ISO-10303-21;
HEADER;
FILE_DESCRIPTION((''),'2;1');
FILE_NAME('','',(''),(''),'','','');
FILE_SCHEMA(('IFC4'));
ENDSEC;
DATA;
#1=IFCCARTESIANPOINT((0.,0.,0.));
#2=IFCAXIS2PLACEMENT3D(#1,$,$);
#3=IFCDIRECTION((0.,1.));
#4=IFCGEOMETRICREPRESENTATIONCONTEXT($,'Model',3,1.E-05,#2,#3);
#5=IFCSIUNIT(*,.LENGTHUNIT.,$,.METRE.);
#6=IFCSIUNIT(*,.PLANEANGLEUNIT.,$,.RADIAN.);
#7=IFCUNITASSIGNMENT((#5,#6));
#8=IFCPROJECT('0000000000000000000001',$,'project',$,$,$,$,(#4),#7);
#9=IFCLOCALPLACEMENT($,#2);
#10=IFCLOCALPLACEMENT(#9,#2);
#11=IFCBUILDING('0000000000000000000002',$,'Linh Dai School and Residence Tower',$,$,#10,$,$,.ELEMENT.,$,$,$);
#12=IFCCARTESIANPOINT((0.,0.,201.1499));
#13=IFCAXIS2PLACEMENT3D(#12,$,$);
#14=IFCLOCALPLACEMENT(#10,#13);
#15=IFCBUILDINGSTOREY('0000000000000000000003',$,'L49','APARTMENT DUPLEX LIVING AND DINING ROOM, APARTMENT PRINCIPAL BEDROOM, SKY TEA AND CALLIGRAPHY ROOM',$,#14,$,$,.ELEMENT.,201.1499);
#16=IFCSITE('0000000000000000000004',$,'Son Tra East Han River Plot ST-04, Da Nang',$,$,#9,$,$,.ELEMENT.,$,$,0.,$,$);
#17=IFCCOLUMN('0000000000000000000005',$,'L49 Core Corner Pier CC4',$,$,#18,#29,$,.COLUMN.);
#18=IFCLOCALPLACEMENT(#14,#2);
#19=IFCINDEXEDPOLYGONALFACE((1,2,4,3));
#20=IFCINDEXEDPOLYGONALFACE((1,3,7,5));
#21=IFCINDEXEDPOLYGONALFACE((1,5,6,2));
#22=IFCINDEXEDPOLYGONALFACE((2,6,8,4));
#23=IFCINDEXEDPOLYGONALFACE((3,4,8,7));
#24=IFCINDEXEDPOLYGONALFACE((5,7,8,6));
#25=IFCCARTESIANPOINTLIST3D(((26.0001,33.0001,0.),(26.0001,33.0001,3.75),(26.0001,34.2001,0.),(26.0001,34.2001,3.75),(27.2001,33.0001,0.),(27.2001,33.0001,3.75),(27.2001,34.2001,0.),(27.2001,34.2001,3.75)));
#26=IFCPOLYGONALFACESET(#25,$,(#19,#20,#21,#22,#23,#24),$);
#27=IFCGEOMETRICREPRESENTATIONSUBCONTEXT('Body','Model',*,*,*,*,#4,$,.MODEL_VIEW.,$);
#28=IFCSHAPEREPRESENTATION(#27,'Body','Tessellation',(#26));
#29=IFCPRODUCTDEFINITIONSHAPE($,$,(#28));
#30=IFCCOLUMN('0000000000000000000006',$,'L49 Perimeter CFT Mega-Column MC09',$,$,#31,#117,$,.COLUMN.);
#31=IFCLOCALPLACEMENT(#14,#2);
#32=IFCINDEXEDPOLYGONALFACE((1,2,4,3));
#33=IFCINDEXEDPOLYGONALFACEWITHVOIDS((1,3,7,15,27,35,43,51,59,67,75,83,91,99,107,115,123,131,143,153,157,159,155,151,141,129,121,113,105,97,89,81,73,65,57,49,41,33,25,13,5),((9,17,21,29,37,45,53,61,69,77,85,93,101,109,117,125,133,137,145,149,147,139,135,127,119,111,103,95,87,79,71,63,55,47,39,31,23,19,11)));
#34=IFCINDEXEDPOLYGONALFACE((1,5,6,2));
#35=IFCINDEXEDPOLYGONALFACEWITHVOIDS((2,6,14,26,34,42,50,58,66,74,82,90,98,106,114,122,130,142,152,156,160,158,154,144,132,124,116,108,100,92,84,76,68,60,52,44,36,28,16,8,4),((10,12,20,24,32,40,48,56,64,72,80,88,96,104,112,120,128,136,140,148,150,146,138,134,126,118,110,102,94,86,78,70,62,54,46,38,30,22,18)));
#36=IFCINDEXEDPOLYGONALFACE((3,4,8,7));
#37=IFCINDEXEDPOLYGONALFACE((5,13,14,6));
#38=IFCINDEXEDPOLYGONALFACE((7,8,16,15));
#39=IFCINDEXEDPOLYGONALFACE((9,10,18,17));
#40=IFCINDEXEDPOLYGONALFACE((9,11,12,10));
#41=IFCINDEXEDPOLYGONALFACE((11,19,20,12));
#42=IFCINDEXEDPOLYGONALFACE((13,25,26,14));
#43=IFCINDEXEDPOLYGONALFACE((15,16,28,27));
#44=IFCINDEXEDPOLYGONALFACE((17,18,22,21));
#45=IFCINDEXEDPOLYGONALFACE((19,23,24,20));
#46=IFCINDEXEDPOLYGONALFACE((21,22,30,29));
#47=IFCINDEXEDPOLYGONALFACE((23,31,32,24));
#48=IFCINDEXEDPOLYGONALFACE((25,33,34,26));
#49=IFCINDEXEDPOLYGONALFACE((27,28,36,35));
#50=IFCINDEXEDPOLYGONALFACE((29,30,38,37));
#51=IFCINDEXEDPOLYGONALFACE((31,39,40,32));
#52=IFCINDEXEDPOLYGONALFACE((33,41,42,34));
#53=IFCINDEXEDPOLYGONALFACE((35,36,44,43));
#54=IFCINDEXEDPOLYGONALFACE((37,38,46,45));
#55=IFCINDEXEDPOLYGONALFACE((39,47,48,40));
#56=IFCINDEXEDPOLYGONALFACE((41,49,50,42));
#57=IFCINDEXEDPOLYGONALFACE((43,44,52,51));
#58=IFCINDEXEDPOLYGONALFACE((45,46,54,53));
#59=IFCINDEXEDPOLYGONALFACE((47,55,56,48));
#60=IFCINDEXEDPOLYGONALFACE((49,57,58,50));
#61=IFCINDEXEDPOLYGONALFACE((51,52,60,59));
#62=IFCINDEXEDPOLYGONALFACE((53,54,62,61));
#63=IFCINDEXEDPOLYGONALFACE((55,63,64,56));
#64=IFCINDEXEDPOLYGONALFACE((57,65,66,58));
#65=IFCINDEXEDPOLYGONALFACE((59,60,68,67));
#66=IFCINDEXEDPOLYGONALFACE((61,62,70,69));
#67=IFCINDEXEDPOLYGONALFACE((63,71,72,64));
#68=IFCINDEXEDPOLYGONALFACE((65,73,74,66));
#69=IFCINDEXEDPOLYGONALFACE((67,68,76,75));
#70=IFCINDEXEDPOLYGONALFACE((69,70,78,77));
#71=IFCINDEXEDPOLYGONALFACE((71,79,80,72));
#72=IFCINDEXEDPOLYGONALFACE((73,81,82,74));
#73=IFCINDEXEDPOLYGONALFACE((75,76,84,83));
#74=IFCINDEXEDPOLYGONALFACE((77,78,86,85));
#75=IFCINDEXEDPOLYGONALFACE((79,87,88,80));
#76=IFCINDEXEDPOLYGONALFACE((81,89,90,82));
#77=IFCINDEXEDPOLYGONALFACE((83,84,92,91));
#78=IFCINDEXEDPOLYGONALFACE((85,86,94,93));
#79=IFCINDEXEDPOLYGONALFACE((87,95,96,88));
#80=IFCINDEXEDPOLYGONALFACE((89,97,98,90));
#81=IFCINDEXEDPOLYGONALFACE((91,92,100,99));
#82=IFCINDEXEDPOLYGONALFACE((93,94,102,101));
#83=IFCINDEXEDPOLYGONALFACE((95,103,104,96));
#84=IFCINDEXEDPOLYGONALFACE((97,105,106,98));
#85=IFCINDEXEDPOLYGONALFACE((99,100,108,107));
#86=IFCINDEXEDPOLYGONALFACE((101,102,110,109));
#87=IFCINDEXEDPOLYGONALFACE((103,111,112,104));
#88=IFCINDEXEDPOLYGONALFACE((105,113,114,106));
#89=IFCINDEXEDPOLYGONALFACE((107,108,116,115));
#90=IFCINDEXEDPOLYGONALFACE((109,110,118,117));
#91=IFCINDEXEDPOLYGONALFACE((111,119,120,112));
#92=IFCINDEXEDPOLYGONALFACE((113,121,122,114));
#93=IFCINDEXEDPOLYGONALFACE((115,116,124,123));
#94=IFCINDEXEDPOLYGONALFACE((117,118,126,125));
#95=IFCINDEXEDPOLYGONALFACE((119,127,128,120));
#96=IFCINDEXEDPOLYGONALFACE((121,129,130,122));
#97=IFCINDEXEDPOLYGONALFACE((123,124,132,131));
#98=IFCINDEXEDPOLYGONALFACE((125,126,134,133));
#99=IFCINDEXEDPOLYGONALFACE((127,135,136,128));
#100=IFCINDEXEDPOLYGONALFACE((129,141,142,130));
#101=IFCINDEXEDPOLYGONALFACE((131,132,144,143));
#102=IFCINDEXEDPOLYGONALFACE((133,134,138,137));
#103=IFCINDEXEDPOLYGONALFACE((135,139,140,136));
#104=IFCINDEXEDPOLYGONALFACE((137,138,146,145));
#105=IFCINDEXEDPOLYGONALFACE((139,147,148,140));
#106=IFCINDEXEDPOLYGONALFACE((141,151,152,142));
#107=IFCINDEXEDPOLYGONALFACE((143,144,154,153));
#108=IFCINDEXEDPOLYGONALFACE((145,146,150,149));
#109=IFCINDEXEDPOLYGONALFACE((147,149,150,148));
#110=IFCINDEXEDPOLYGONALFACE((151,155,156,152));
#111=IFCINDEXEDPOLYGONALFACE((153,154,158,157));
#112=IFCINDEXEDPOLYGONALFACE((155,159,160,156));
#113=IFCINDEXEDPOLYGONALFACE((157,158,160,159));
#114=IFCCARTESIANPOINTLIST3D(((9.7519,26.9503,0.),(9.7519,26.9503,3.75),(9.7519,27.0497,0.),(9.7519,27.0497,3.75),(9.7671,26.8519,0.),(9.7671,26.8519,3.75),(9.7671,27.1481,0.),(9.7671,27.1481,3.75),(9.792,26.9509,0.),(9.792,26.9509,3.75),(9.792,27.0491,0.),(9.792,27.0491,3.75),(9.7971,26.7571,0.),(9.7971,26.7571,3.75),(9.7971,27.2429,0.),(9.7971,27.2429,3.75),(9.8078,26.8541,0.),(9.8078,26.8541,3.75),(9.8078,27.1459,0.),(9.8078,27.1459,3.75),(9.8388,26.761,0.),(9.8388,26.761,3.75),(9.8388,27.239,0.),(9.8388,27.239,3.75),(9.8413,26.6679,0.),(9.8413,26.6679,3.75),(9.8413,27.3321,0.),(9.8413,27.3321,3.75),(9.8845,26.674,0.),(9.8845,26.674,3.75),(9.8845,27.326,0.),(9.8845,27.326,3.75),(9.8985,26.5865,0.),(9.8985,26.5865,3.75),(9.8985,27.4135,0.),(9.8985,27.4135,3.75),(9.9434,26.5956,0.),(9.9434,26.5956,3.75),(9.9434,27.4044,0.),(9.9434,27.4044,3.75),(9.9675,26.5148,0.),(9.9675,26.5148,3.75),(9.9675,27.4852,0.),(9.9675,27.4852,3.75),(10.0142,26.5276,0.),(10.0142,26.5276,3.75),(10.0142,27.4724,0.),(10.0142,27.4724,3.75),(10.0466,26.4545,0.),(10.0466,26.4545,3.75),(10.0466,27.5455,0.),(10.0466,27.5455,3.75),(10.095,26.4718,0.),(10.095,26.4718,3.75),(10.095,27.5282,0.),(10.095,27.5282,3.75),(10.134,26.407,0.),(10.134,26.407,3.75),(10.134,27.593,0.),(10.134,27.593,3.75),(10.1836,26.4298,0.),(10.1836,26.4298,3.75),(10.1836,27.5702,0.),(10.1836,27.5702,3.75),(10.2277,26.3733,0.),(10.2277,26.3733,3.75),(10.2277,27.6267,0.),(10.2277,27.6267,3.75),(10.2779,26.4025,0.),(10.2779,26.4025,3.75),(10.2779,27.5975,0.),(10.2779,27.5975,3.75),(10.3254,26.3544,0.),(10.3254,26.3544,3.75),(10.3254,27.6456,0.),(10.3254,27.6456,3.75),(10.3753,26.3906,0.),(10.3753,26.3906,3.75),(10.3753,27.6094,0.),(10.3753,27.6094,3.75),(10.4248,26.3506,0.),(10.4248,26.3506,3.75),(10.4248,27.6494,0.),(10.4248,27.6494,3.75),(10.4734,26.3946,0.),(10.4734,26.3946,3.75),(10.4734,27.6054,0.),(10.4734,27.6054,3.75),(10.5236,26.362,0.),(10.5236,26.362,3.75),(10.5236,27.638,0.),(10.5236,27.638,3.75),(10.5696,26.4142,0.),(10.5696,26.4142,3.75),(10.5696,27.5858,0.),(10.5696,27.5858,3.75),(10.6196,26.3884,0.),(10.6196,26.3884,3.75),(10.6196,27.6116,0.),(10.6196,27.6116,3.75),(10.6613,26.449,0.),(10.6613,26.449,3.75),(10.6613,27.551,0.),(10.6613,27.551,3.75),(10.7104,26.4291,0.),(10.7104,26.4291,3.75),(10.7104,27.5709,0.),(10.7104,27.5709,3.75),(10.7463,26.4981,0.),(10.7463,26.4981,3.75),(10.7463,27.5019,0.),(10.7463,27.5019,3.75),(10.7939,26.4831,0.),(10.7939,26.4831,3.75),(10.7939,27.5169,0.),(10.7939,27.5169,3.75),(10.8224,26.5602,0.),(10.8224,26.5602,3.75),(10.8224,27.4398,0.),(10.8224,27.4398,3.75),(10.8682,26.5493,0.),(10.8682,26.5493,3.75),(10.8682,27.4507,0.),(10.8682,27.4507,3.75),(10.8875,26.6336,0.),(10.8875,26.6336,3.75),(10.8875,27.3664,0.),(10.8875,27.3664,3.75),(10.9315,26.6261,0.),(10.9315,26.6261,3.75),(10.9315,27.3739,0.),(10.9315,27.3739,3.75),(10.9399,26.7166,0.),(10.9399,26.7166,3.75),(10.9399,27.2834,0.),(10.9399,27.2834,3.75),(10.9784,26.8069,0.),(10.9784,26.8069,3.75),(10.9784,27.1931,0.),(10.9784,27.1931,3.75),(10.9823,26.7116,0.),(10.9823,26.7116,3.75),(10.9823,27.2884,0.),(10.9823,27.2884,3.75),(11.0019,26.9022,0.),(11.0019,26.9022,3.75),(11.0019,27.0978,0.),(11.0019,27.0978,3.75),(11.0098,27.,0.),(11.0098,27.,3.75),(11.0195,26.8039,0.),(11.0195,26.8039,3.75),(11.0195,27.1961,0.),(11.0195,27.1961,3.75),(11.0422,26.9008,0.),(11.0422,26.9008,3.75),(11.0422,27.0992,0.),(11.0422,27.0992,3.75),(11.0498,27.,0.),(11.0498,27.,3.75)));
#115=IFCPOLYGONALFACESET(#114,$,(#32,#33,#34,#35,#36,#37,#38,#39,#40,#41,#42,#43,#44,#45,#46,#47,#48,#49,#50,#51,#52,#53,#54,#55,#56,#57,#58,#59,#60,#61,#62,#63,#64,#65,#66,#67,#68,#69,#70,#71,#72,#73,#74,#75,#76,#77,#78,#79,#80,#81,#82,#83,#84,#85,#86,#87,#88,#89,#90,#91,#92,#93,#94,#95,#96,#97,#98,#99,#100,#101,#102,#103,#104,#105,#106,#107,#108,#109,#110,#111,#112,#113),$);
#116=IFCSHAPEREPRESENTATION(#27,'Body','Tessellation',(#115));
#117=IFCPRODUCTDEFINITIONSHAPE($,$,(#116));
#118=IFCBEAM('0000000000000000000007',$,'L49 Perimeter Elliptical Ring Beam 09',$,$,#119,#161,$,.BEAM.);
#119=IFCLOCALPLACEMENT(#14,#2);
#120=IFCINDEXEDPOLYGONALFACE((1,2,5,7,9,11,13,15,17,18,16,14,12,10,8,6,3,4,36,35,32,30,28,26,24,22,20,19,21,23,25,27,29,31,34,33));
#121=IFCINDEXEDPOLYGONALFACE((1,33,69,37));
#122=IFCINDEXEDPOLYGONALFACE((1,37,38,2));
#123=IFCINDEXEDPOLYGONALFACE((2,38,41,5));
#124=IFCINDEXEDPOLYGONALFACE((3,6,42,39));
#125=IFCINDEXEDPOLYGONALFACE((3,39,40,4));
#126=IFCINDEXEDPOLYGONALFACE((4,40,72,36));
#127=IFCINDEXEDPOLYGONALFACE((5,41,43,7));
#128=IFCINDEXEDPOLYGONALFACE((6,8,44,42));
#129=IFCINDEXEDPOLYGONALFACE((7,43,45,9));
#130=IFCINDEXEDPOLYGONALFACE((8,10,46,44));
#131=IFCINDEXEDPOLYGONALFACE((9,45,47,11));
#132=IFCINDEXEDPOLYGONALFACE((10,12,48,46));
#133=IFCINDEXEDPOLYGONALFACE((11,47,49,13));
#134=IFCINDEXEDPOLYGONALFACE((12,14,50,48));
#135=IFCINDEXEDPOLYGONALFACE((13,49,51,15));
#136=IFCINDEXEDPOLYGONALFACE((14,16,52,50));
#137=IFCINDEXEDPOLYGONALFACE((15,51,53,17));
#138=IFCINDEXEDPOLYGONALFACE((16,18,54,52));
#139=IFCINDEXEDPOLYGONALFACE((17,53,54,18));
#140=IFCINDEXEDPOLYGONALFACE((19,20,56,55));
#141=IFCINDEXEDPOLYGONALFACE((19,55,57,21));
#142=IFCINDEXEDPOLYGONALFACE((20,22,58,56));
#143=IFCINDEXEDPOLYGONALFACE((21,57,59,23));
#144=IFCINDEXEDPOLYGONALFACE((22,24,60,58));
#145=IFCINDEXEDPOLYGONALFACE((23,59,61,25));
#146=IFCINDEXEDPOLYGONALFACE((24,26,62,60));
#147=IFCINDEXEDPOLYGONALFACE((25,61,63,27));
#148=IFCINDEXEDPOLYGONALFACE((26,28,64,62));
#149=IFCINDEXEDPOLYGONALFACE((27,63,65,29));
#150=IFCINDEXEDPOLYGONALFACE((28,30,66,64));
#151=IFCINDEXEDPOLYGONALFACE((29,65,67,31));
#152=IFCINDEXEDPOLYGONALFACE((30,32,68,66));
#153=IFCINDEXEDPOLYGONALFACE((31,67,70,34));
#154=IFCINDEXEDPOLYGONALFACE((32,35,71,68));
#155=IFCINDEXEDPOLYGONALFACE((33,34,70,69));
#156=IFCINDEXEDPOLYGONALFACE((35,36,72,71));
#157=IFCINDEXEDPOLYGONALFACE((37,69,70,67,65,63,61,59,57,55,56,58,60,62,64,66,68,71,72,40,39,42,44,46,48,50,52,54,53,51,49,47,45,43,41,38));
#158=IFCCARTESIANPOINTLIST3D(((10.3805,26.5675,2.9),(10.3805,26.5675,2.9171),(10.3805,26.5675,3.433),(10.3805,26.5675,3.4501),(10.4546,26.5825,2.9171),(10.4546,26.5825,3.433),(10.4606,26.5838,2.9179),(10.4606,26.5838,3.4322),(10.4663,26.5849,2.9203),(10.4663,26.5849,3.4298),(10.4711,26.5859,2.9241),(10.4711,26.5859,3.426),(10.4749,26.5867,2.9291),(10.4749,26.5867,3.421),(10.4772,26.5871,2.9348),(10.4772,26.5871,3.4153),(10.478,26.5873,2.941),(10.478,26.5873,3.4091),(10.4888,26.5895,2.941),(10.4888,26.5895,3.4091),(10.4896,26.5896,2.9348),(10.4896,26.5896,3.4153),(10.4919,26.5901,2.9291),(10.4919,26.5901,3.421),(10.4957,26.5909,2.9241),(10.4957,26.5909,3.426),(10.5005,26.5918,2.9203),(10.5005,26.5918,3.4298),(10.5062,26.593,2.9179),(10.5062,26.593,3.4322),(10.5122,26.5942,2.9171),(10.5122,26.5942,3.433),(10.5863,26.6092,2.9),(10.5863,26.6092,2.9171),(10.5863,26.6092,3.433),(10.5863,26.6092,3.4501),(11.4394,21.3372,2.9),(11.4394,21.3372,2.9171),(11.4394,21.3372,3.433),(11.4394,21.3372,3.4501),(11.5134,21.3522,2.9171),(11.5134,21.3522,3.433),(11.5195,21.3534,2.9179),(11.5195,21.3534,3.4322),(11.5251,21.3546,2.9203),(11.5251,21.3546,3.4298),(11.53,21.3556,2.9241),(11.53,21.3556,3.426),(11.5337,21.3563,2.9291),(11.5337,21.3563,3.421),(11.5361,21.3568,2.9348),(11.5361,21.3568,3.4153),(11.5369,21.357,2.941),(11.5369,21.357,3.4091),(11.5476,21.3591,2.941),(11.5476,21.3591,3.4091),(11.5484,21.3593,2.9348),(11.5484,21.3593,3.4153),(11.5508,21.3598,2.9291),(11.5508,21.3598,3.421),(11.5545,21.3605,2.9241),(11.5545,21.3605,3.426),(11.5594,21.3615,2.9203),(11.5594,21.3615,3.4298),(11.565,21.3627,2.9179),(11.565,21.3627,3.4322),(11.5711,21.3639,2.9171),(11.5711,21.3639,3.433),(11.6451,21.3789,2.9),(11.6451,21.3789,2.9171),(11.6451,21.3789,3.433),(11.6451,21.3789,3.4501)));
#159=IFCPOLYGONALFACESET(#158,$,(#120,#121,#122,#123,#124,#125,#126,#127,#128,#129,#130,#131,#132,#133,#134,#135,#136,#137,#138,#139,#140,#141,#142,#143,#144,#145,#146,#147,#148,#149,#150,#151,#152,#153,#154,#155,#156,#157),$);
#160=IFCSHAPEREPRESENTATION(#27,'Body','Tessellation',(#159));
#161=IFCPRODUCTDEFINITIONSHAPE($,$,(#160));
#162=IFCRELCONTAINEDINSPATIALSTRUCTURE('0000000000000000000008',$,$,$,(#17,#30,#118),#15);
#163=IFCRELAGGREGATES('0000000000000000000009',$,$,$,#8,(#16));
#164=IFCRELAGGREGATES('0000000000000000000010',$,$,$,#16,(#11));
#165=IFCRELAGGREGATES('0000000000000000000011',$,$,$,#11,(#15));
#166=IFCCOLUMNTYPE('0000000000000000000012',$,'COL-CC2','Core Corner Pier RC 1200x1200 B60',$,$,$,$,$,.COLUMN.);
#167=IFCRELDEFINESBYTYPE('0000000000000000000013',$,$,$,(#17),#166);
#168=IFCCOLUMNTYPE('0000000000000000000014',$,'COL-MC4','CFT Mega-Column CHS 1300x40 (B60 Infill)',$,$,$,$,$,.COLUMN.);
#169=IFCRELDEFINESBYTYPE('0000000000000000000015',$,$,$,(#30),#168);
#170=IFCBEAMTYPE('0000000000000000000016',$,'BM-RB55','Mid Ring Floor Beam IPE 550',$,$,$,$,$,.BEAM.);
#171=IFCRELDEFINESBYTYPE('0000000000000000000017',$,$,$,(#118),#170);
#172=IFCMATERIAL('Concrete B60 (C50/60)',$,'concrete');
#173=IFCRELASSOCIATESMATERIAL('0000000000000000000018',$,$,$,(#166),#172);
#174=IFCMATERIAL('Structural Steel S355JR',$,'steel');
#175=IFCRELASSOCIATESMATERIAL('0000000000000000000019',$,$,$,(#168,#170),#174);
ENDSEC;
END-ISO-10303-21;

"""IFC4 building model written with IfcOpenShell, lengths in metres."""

from ifc_helpers import new_model, si_unit, direction, frame, origin, origin_2d, place, context, subcontext, project, spatial, rectangle, hollow_circle, i_section, extrude, material, material_profile, profile_set, type_object, element, save


model = new_model("IFC4")

# Units and contexts
model_context = context("Model", 3, precision=1e-05, world=origin(), true_north=direction((0.0, 1.0)))
body_context = subcontext(model_context, "Body", "Model", "MODEL_VIEW")
ifc_project = project(units=[si_unit("LENGTHUNIT", "METRE"), si_unit("PLANEANGLEUNIT", "RADIAN")], contexts=[model_context])

# Site, building, storey
site_placement = place(None, origin())
site = spatial("IfcSite", under=ifc_project, at=site_placement, Name="Son Tra East Han River Plot ST-04, Da Nang", CompositionType="ELEMENT", RefElevation=0.0)
building_placement = place(site_placement, origin())
building = spatial("IfcBuilding", under=site, at=building_placement, Name="Linh Dai School and Residence Tower", CompositionType="ELEMENT")
storey_placement = place(building_placement, frame((0.0, 0.0, 201.1499)))
storey = spatial("IfcBuildingStorey", under=building, at=storey_placement, Name="L49", Description="APARTMENT DUPLEX LIVING AND DINING ROOM, APARTMENT PRINCIPAL BEDROOM, SKY TEA AND CALLIGRAPHY ROOM", CompositionType="ELEMENT", Elevation=201.1499)

# Columns
ifc_material_1 = material(Name="Concrete B60 (C50/60)", Category="concrete")
ifc_material_profile_1 = material_profile(ifc_material_1, rectangle(XDim=1.2, YDim=1.2, at=origin_2d()), Name="RC 1200x1200")
ifc_profile_set_1 = profile_set([ifc_material_profile_1], Name="Concrete B60 (C50/60)")
column_type_1 = type_object("IfcColumnType", Name="COL-CC2", Description="Core Corner Pier RC 1200x1200 B60", PredefinedType="COLUMN", material=ifc_profile_set_1)
column_1_placement = place(storey_placement, frame((26.6001, 33.6001, 0.0), z_axis=(0.0, 0.0, 1.0), x_axis=(1.0, 0.0, 0.0)))
element("IfcColumn", 1, at=column_1_placement, inside=storey, type_object=column_type_1, Name="L49 Core Corner Pier CC4", PredefinedType="COLUMN", context=body_context, shape_type="SweptSolid", body=[
    extrude(rectangle(XDim=1.2, YDim=1.2, at=origin_2d()), origin(), (0.0, 0.0, 1.0), 3.75),
])
ifc_material_2 = material(Name="Structural Steel S355JR", Category="steel")
ifc_material_profile_2 = material_profile(ifc_material_2, hollow_circle(Radius=0.6499, WallThickness=0.04, at=origin_2d()), Name="CHS 1300x40")
ifc_profile_set_2 = profile_set([ifc_material_profile_2], Name="Structural Steel S355JR")
column_type_2 = type_object("IfcColumnType", Name="COL-MC4", Description="CFT Mega-Column CHS 1300x40 (B60 Infill)", PredefinedType="COLUMN", material=ifc_profile_set_2)
column_2_placement = place(storey_placement, frame((10.3999, 27.0, 0.0), z_axis=(0.0, 0.0, 1.0), x_axis=(1.0, 0.0, 0.0)))
element("IfcColumn", 2, at=column_2_placement, inside=storey, type_object=column_type_2, Name="L49 Perimeter CFT Mega-Column MC09", PredefinedType="COLUMN", context=body_context, shape_type="SweptSolid", body=[
    extrude(hollow_circle(Radius=0.6499, WallThickness=0.04, at=origin_2d()), origin(), (0.0, 0.0, 1.0), 3.75),
])

# Beam
ifc_material_profile_3 = material_profile(ifc_material_2, i_section(OverallWidth=0.21, OverallDepth=0.55, WebThickness=0.011, FlangeThickness=0.0171, FilletRadius=0.0239, at=origin_2d()), Name="IPE 550")
ifc_profile_set_3 = profile_set([ifc_material_profile_3], Name="Structural Steel S355JR")
beam_type_1 = type_object("IfcBeamType", Name="BM-RB55", Description="Mid Ring Floor Beam IPE 550", PredefinedType="BEAM", material=ifc_profile_set_3)
beam_1_placement = place(storey_placement, frame((10.4834, 26.5884, 3.175), z_axis=(0.198421, -0.980117, 0.0), x_axis=(0.980117, 0.198421, 0.0)))
element("IfcBeam", 3, at=beam_1_placement, inside=storey, type_object=beam_type_1, Name="L49 Perimeter Elliptical Ring Beam 09", PredefinedType="BEAM", context=body_context, shape_type="SweptSolid", body=[
    extrude(i_section(OverallWidth=0.21, OverallDepth=0.55, WebThickness=0.011, FlangeThickness=0.0171, FilletRadius=0.0239, at=origin_2d()), origin(), (0.0, 0.0, 1.0), 5.3364),
])

save(model, "model.ifc")
